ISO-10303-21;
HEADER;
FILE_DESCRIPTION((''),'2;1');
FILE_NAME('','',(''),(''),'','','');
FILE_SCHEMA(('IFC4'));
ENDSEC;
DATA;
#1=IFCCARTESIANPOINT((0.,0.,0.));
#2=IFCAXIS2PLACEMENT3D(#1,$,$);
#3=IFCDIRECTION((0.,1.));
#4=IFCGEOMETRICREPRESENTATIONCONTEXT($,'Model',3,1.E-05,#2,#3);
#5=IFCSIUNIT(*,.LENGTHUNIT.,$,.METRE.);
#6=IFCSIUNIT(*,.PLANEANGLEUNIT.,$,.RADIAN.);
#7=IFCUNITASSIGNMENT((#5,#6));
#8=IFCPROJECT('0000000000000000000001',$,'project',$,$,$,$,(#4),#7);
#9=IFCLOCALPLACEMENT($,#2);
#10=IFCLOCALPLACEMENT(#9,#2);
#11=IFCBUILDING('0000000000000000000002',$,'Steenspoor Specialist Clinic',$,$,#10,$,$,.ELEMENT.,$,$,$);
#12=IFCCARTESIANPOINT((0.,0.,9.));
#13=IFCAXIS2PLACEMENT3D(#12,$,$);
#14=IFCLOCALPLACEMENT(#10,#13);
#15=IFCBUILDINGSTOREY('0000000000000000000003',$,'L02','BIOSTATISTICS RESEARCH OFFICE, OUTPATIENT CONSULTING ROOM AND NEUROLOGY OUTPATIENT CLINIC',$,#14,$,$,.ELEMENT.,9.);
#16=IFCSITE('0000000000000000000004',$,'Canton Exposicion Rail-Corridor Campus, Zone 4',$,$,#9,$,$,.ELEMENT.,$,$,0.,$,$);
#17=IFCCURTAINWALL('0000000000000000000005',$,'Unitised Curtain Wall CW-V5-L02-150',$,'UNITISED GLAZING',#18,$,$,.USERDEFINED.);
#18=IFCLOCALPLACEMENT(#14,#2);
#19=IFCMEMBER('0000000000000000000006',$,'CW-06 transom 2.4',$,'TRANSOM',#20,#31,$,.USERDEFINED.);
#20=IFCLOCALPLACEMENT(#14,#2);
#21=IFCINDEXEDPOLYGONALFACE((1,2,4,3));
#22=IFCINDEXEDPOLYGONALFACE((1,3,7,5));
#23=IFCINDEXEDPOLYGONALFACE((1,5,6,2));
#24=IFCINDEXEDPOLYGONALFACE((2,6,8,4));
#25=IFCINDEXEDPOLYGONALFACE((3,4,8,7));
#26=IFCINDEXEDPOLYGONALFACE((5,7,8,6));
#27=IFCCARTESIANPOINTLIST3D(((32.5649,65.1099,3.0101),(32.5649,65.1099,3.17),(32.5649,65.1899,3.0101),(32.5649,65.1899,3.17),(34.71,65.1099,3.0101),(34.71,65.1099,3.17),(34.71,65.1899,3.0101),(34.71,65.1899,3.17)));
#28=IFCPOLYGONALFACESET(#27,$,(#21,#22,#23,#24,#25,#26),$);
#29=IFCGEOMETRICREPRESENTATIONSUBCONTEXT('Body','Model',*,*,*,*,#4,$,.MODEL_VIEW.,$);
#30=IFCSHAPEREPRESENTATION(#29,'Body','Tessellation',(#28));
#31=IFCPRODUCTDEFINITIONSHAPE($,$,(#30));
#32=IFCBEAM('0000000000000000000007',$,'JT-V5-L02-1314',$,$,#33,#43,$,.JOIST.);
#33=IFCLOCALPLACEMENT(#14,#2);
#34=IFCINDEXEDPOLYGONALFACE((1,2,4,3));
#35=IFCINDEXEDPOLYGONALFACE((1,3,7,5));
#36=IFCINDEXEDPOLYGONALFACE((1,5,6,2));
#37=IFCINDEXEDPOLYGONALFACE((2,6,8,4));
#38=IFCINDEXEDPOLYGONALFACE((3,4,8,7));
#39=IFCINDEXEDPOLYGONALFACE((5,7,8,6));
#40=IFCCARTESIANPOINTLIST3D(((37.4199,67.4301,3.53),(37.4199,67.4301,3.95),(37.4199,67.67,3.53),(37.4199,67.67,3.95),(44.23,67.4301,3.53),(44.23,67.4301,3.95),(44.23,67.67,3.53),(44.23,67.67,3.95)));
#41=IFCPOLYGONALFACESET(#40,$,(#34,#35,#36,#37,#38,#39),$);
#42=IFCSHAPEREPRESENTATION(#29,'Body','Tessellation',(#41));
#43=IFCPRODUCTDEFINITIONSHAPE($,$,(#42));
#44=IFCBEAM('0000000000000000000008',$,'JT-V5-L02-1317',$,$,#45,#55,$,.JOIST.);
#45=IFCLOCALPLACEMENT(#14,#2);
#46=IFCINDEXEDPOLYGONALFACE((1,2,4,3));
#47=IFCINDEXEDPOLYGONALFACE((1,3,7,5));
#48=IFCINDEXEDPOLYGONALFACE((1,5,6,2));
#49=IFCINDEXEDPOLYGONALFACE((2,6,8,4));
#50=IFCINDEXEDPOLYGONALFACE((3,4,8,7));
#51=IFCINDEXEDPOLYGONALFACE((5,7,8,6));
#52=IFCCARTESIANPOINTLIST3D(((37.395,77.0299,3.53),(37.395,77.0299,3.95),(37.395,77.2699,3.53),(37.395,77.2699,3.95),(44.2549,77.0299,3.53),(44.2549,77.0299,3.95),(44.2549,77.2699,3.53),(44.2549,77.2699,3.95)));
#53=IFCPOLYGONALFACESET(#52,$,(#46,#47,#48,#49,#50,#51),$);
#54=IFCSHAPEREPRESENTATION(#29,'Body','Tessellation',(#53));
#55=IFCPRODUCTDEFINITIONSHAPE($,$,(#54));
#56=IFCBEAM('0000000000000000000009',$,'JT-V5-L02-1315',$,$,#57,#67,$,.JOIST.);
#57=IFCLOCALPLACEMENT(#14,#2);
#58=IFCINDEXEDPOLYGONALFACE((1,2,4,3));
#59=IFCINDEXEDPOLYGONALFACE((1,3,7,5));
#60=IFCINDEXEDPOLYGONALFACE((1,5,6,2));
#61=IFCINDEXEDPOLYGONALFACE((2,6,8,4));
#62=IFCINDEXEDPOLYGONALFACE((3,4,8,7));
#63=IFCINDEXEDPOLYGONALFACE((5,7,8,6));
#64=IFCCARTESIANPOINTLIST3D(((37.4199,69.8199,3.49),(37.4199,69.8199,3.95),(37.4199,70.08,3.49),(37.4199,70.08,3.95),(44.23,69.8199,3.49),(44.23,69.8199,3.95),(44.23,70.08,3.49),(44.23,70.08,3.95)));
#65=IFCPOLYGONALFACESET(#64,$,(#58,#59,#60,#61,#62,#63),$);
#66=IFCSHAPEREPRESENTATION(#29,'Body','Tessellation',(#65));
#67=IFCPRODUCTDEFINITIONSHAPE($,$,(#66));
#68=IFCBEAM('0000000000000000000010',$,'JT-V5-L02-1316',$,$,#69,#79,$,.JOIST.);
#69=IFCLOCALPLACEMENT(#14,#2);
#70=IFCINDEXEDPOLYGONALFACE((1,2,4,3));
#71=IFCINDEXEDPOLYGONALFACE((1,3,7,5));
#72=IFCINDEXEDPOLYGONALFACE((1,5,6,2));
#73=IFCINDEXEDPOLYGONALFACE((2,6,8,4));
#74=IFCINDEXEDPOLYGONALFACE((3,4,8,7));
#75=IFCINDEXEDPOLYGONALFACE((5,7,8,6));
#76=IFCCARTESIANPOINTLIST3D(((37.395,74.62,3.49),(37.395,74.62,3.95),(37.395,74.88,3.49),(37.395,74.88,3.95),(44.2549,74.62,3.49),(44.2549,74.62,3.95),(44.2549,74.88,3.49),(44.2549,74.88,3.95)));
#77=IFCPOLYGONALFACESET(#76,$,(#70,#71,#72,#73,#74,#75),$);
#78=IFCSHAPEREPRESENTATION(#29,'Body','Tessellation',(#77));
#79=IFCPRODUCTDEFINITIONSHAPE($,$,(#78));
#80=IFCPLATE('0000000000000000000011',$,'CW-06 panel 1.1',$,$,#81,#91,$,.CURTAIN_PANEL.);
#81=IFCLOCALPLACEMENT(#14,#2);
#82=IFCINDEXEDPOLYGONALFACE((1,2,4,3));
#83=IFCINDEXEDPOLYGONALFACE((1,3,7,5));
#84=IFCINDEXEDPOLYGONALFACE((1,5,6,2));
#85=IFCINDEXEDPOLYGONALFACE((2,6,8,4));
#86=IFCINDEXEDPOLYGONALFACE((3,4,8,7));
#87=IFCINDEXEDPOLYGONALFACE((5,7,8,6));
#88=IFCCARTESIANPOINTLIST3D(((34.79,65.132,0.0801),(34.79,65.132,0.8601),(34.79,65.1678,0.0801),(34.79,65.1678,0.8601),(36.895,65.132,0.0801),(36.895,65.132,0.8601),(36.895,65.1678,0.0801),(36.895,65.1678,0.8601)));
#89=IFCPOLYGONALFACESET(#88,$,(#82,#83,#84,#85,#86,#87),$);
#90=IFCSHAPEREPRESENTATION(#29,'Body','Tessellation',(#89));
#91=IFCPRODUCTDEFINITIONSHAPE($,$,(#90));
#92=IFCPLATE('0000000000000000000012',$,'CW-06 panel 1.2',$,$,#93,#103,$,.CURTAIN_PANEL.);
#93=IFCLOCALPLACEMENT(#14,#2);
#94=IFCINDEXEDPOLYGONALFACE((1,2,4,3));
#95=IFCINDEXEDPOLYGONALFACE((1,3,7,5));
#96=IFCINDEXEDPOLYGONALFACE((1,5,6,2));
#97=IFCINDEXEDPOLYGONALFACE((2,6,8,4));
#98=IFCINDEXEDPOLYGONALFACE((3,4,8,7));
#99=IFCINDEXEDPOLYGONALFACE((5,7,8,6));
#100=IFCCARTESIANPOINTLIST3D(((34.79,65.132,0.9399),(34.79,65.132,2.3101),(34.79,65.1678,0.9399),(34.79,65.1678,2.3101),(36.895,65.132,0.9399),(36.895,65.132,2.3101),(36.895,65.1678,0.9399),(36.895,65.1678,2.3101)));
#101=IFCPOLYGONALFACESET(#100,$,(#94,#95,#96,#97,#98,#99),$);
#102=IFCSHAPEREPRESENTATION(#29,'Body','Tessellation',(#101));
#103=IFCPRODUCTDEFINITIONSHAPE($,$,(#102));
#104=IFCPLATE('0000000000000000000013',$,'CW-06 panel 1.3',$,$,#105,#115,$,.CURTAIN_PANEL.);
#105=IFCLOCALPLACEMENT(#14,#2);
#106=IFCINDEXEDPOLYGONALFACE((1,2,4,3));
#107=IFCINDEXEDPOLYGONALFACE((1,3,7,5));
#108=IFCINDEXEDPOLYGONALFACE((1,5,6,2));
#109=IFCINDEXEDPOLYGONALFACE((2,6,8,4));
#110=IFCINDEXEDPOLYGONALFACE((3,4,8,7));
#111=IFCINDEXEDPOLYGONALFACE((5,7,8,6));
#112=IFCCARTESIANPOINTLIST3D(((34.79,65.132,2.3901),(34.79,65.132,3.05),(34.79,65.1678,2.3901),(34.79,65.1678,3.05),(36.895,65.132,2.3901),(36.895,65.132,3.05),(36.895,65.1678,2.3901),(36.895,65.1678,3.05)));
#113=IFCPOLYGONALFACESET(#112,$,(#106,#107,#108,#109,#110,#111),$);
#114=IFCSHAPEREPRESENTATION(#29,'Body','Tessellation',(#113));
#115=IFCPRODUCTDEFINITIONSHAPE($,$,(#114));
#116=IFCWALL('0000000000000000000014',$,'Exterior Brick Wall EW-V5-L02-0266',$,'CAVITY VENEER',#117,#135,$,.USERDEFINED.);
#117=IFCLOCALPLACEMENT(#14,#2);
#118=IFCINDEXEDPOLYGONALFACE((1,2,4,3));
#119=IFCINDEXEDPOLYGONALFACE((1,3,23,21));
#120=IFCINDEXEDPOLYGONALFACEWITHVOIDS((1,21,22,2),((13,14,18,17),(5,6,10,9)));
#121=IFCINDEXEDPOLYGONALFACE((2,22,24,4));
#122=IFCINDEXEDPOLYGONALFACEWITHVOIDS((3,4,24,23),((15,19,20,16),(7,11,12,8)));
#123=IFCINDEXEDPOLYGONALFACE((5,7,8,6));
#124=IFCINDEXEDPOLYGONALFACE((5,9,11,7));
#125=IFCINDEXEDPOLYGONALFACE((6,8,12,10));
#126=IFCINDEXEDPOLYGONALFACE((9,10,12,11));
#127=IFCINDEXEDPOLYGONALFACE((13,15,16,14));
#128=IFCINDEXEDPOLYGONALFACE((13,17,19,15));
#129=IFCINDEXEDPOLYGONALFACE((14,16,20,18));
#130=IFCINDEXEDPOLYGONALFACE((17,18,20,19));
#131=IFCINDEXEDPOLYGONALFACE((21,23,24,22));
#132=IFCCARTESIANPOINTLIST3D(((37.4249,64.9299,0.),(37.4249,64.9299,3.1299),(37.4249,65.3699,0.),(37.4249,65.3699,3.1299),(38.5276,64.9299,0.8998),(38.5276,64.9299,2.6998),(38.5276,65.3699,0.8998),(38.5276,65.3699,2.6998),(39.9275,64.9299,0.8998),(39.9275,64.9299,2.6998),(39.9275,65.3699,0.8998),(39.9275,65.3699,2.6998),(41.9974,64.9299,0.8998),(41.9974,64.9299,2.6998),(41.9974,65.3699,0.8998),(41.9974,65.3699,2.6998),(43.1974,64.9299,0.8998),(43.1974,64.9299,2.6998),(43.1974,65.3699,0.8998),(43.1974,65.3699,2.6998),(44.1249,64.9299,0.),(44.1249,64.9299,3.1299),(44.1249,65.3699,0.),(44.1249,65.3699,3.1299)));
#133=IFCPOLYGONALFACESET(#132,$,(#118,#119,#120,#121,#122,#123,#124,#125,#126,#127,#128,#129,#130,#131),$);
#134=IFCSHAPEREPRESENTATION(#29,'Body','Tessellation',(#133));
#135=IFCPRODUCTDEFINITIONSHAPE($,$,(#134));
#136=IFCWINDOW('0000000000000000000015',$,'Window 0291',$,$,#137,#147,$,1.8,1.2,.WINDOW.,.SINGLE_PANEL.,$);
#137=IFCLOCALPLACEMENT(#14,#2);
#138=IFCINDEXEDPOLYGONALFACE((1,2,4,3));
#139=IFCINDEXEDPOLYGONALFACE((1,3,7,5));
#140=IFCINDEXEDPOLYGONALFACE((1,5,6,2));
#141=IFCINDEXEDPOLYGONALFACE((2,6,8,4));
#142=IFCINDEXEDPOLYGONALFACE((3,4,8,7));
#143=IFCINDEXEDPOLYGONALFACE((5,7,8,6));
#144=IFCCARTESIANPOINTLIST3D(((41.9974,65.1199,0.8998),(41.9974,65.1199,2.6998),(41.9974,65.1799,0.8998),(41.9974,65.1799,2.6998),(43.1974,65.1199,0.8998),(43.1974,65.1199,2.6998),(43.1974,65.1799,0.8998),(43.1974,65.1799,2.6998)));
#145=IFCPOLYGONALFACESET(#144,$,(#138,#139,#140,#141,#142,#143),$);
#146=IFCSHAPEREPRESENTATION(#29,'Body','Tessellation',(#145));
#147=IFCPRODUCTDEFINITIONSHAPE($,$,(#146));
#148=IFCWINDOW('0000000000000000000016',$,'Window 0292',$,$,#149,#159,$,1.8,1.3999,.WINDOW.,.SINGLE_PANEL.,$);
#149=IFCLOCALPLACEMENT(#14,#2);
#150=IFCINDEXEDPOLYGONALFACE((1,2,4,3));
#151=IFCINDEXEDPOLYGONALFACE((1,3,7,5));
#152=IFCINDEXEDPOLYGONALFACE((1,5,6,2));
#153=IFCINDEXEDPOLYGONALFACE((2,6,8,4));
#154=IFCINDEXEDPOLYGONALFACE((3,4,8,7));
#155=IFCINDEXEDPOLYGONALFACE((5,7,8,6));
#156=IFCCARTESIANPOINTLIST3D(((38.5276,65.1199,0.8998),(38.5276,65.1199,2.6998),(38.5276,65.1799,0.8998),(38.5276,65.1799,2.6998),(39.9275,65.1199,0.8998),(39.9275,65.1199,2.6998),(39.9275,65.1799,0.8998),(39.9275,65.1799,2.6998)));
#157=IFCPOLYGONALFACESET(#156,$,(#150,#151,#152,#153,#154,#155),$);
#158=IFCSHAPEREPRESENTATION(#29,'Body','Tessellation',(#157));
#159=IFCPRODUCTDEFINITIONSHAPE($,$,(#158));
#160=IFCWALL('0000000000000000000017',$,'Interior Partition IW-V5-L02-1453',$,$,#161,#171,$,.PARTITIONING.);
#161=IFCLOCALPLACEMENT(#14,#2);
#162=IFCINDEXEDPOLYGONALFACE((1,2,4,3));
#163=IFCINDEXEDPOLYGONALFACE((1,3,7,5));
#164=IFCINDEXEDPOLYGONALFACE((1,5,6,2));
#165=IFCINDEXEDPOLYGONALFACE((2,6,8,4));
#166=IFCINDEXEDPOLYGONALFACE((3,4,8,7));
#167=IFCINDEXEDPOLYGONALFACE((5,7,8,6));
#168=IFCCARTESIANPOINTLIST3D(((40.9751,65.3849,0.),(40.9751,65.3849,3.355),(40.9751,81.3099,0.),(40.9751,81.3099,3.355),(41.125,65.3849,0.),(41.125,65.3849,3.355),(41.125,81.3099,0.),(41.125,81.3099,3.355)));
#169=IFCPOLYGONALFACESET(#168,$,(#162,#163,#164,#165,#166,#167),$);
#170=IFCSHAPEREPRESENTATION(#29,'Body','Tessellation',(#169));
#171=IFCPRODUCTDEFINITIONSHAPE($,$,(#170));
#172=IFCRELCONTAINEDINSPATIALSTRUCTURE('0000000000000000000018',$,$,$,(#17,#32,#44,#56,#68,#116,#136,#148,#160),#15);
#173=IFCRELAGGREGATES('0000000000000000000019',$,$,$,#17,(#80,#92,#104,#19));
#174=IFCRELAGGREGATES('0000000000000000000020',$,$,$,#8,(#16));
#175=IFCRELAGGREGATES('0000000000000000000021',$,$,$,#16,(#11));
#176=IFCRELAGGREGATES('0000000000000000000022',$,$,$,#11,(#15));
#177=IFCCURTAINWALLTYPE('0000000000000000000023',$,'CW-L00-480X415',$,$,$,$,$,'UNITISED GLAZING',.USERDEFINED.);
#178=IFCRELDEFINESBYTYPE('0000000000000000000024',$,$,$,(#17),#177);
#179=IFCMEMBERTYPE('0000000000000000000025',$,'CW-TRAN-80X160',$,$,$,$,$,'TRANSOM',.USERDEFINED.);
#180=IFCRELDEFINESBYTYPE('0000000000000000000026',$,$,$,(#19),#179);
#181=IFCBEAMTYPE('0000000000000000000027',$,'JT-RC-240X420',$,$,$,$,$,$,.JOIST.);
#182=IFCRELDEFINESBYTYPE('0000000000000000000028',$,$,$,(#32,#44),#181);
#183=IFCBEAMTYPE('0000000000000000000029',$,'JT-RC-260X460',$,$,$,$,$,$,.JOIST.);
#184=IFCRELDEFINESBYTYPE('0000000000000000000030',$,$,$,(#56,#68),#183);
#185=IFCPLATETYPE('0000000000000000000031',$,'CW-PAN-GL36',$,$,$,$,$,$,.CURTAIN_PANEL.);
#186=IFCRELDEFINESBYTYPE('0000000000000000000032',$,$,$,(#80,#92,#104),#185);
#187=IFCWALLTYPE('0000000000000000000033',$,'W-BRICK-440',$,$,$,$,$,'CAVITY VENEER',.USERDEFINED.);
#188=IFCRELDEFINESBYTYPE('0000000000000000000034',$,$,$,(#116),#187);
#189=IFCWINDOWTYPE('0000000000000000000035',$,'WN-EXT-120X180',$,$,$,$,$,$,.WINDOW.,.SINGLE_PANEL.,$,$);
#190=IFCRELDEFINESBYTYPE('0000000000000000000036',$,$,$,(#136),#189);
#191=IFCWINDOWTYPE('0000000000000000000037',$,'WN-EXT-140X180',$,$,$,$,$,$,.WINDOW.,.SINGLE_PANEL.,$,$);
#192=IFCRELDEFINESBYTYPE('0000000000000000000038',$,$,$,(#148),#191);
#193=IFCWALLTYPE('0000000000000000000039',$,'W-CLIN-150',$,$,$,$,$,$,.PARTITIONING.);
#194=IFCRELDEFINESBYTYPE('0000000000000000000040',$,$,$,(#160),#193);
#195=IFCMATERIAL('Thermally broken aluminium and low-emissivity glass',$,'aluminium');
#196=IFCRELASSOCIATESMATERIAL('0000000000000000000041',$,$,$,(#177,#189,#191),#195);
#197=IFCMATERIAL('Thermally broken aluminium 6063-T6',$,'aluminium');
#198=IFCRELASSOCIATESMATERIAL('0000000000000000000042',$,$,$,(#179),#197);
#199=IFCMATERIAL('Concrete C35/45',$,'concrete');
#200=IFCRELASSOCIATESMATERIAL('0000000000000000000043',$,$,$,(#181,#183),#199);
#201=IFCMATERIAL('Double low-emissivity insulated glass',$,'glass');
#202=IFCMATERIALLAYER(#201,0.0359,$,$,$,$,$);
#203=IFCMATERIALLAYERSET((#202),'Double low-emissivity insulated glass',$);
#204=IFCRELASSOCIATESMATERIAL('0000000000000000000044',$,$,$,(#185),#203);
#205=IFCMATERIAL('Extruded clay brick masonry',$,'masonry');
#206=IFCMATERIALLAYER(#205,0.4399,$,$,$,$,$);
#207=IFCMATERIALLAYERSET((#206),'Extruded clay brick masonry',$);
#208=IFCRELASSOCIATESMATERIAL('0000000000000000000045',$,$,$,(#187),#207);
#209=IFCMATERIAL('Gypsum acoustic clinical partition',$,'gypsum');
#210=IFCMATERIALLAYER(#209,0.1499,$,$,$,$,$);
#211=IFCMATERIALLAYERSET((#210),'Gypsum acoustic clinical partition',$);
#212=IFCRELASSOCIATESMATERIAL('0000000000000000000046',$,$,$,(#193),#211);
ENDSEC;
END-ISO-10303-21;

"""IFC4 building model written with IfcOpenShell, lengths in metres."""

from ifc_helpers import new_model, si_unit, direction, frame, frame_2d, origin, origin_2d, place, context, subcontext, project, spatial, rectangle, extrude, material, layer, layer_set, material_profile, profile_set, type_object, element, fill, aggregate, save


model = new_model("IFC4")

# Units and contexts
model_context = context("Model", 3, precision=1e-05, world=origin(), true_north=direction((0.0, 1.0)))
body_context = subcontext(model_context, "Body", "Model", "MODEL_VIEW")
ifc_project = project(units=[si_unit("LENGTHUNIT", "METRE"), si_unit("PLANEANGLEUNIT", "RADIAN")], contexts=[model_context])

# Site, building, storey
site_placement = place(None, origin())
site = spatial("IfcSite", under=ifc_project, at=site_placement, Name="Canton Exposicion Rail-Corridor Campus, Zone 4", CompositionType="ELEMENT", RefElevation=0.0)
building_placement = place(site_placement, origin())
building = spatial("IfcBuilding", under=site, at=building_placement, Name="Steenspoor Specialist Clinic", CompositionType="ELEMENT")
storey_placement = place(building_placement, frame((0.0, 0.0, 9.0)))
storey = spatial("IfcBuildingStorey", under=building, at=storey_placement, Name="L02", Description="BIOSTATISTICS RESEARCH OFFICE, OUTPATIENT CONSULTING ROOM AND NEUROLOGY OUTPATIENT CLINIC", CompositionType="ELEMENT", Elevation=9.0)

# Shared definitions
ifc_material_1 = material(Name="Concrete C35/45", Category="concrete")

# Curtain wall, member
ifc_material_2 = material(Name="Thermally broken aluminium and low-emissivity glass", Category="aluminium")
curtain_wall_type = type_object("IfcCurtainWallType", Name="CW-L00-480X415", ElementType="UNITISED GLAZING", PredefinedType="USERDEFINED", material=ifc_material_2)
curtain_wall_placement = place(storey_placement, origin())
curtain_wall = element("IfcCurtainWall", 1, at=curtain_wall_placement, inside=storey, type_object=curtain_wall_type, Name="Unitised Curtain Wall CW-V5-L02-150", ObjectType="UNITISED GLAZING", PredefinedType="USERDEFINED")
ifc_material_3 = material(Name="Thermally broken aluminium 6063-T6", Category="aluminium")
ifc_material_profile_1 = material_profile(ifc_material_3, rectangle(XDim=0.0801, YDim=0.1599, at=origin_2d()), Name="CWT-80X160")
ifc_profile_set_1 = profile_set([ifc_material_profile_1], Name="Thermally broken aluminium 6063-T6")
member_type_1 = type_object("IfcMemberType", Name="CW-TRAN-80X160", ElementType="TRANSOM", PredefinedType="USERDEFINED", material=ifc_profile_set_1)
member_1_placement = place(storey_placement, frame((34.71, 65.1499, 3.0901), z_axis=(-1.0, 0.0, 0.0), x_axis=(0.0, -1.0, 0.0)))
member_1 = element("IfcMember", 2, at=member_1_placement, type_object=member_type_1, Name="CW-06 transom 2.4", ObjectType="TRANSOM", PredefinedType="USERDEFINED", context=body_context, shape_type="SweptSolid", body=[
    extrude(rectangle(XDim=0.0801, YDim=0.1599, at=origin_2d()), origin(), (0.0, 0.0, 1.0), 2.145),
])

# Beams
ifc_material_profile_2 = material_profile(ifc_material_1, rectangle(XDim=0.24, YDim=0.4199, at=origin_2d()), Name="RC-JT-240X420")
ifc_profile_set_2 = profile_set([ifc_material_profile_2], Name="Concrete C35/45")
beam_type_1 = type_object("IfcBeamType", Name="JT-RC-240X420", PredefinedType="JOIST", material=ifc_profile_set_2)
beam_1_placement = place(storey_placement, frame((37.4199, 67.55, 3.74), z_axis=(1.0, 0.0, 0.0), x_axis=(0.0, 1.0, 0.0)))
element("IfcBeam", 3, at=beam_1_placement, inside=storey, type_object=beam_type_1, Name="JT-V5-L02-1314", PredefinedType="JOIST", context=body_context, shape_type="SweptSolid", body=[
    extrude(rectangle(XDim=0.24, YDim=0.4199, at=origin_2d()), origin(), (0.0, 0.0, 1.0), 6.8101),
])
beam_2_placement = place(storey_placement, frame((37.395, 77.1499, 3.74), z_axis=(1.0, 0.0, 0.0), x_axis=(0.0, 1.0, 0.0)))
element("IfcBeam", 4, at=beam_2_placement, inside=storey, type_object=beam_type_1, Name="JT-V5-L02-1317", PredefinedType="JOIST", context=body_context, shape_type="SweptSolid", body=[
    extrude(rectangle(XDim=0.24, YDim=0.4199, at=origin_2d()), origin(), (0.0, 0.0, 1.0), 6.8599),
])
ifc_material_profile_3 = material_profile(ifc_material_1, rectangle(XDim=0.26, YDim=0.46, at=origin_2d()), Name="RC-JT-260X460")
ifc_profile_set_3 = profile_set([ifc_material_profile_3], Name="Concrete C35/45")
beam_type_2 = type_object("IfcBeamType", Name="JT-RC-260X460", PredefinedType="JOIST", material=ifc_profile_set_3)
beam_3_placement = place(storey_placement, frame((37.4199, 69.95, 3.72), z_axis=(1.0, 0.0, 0.0), x_axis=(0.0, 1.0, 0.0)))
element("IfcBeam", 5, at=beam_3_placement, inside=storey, type_object=beam_type_2, Name="JT-V5-L02-1315", PredefinedType="JOIST", context=body_context, shape_type="SweptSolid", body=[
    extrude(rectangle(XDim=0.26, YDim=0.46, at=origin_2d()), origin(), (0.0, 0.0, 1.0), 6.8101),
])
beam_4_placement = place(storey_placement, frame((37.395, 74.75, 3.72), z_axis=(1.0, 0.0, 0.0), x_axis=(0.0, 1.0, 0.0)))
element("IfcBeam", 6, at=beam_4_placement, inside=storey, type_object=beam_type_2, Name="JT-V5-L02-1316", PredefinedType="JOIST", context=body_context, shape_type="SweptSolid", body=[
    extrude(rectangle(XDim=0.26, YDim=0.46, at=origin_2d()), origin(), (0.0, 0.0, 1.0), 6.8599),
])

# Plates
ifc_material_4 = material(Name="Double low-emissivity insulated glass", Category="glass")
ifc_layer_1 = layer(ifc_material_4, 0.0359)
ifc_layer_set_1 = layer_set([ifc_layer_1], Name="Double low-emissivity insulated glass")
plate_type = type_object("IfcPlateType", Name="CW-PAN-GL36", PredefinedType="CURTAIN_PANEL", material=ifc_layer_set_1)
plate_1_placement = place(storey_placement, frame((35.8425, 65.1499, 0.0801), z_axis=(0.0, 0.0, 1.0), x_axis=(-1.0, 0.0, 0.0)))
plate_1 = element("IfcPlate", 7, at=plate_1_placement, type_object=plate_type, Name="CW-06 panel 1.1", PredefinedType="CURTAIN_PANEL", context=body_context, shape_type="SweptSolid", body=[
    extrude(rectangle(XDim=2.105, YDim=0.0359, at=origin_2d()), origin(), (0.0, 0.0, 1.0), 0.78),
])
plate_2_placement = place(storey_placement, frame((35.8425, 65.1499, 0.9399), z_axis=(0.0, 0.0, 1.0), x_axis=(-1.0, 0.0, 0.0)))
plate_2 = element("IfcPlate", 8, at=plate_2_placement, type_object=plate_type, Name="CW-06 panel 1.2", PredefinedType="CURTAIN_PANEL", context=body_context, shape_type="SweptSolid", body=[
    extrude(rectangle(XDim=2.105, YDim=0.0359, at=origin_2d()), origin(), (0.0, 0.0, 1.0), 1.3701),
])
plate_3_placement = place(storey_placement, frame((35.8425, 65.1499, 2.3901), z_axis=(0.0, 0.0, 1.0), x_axis=(-1.0, 0.0, 0.0)))
plate_3 = element("IfcPlate", 9, at=plate_3_placement, type_object=plate_type, Name="CW-06 panel 1.3", PredefinedType="CURTAIN_PANEL", context=body_context, shape_type="SweptSolid", body=[
    extrude(rectangle(XDim=2.105, YDim=0.0359, at=origin_2d()), origin(), (0.0, 0.0, 1.0), 0.6599),
])
aggregate(curtain_wall, [plate_1, plate_2, plate_3, member_1])

# Wall, openings, windows
ifc_material_5 = material(Name="Extruded clay brick masonry", Category="masonry")
ifc_layer_2 = layer(ifc_material_5, 0.4399)
ifc_layer_set_2 = layer_set([ifc_layer_2], Name="Extruded clay brick masonry")
wall_type_1 = type_object("IfcWallType", Name="W-BRICK-440", ElementType="CAVITY VENEER", PredefinedType="USERDEFINED", material=ifc_layer_set_2)
wall_1_placement = place(storey_placement, frame((44.125, 65.1499, 0.0), z_axis=(0.0, 0.0, 1.0), x_axis=(-1.0, 0.0, 0.0)))
wall_1 = element("IfcWall", 10, at=wall_1_placement, inside=storey, type_object=wall_type_1, Name="Exterior Brick Wall EW-V5-L02-0266", ObjectType="CAVITY VENEER", PredefinedType="USERDEFINED", context=body_context, shape_type="SweptSolid", body=[
    extrude(rectangle(XDim=6.7, YDim=0.4399, at=frame_2d((3.3501, 0.0))), origin(), (0.0, 0.0, 1.0), 3.1299),
])
opening_1_placement = place(wall_1_placement, frame((0.9275, 0.0, 0.8999)))
opening_1 = element("IfcOpeningElement", 11, at=opening_1_placement, cuts=wall_1, PredefinedType="OPENING", context=body_context, shape_type="SweptSolid", body=[
    extrude(rectangle(XDim=1.2, YDim=1.8, at=frame_2d((0.6001, 0.8999))), frame((0.0, 0.23, 0.0), z_axis=(0.0, -1.0, 0.0), x_axis=(1.0, 0.0, 0.0)), (0.0, 0.0, 1.0), 0.46),
])
opening_2_placement = place(wall_1_placement, frame((4.1975, 0.0, 0.8999)))
opening_2 = element("IfcOpeningElement", 12, at=opening_2_placement, cuts=wall_1, PredefinedType="OPENING", context=body_context, shape_type="SweptSolid", body=[
    extrude(rectangle(XDim=1.3999, YDim=1.8, at=frame_2d((0.7, 0.8999))), frame((0.0, 0.23, 0.0), z_axis=(0.0, -1.0, 0.0), x_axis=(1.0, 0.0, 0.0)), (0.0, 0.0, 1.0), 0.46),
])
window_type_1 = type_object("IfcWindowType", Name="WN-EXT-120X180", PartitioningType="SINGLE_PANEL", PredefinedType="WINDOW", material=ifc_material_2)
window_1_placement = place(opening_1_placement, origin())
window_1 = element("IfcWindow", 13, at=window_1_placement, inside=storey, type_object=window_type_1, Name="Window 0291", OverallHeight=1.8, OverallWidth=1.2, PartitioningType="SINGLE_PANEL", PredefinedType="WINDOW", context=body_context, shape_type="SweptSolid", body=[
    extrude(rectangle(XDim=1.2, YDim=1.8, at=frame_2d((0.6001, 0.8999))), frame((0.0, 0.03, 0.0), z_axis=(0.0, -1.0, 0.0), x_axis=(1.0, 0.0, 0.0)), (0.0, 0.0, 1.0), 0.0601),
])
fill(opening_1, window_1)
window_type_2 = type_object("IfcWindowType", Name="WN-EXT-140X180", PartitioningType="SINGLE_PANEL", PredefinedType="WINDOW", material=ifc_material_2)
window_2_placement = place(opening_2_placement, origin())
window_2 = element("IfcWindow", 14, at=window_2_placement, inside=storey, type_object=window_type_2, Name="Window 0292", OverallHeight=1.8, OverallWidth=1.3999, PartitioningType="SINGLE_PANEL", PredefinedType="WINDOW", context=body_context, shape_type="SweptSolid", body=[
    extrude(rectangle(XDim=1.3999, YDim=1.8, at=frame_2d((0.7, 0.8999))), frame((0.0, 0.03, 0.0), z_axis=(0.0, -1.0, 0.0), x_axis=(1.0, 0.0, 0.0)), (0.0, 0.0, 1.0), 0.0601),
])
fill(opening_2, window_2)

# Wall
ifc_material_6 = material(Name="Gypsum acoustic clinical partition", Category="gypsum")
ifc_layer_3 = layer(ifc_material_6, 0.1499)
ifc_layer_set_3 = layer_set([ifc_layer_3], Name="Gypsum acoustic clinical partition")
wall_type_2 = type_object("IfcWallType", Name="W-CLIN-150", PredefinedType="PARTITIONING", material=ifc_layer_set_3)
wall_2_placement = place(storey_placement, frame((41.05, 65.385, 0.0), z_axis=(0.0, 0.0, 1.0), x_axis=(0.0, 1.0, 0.0)))
element("IfcWall", 15, at=wall_2_placement, inside=storey, type_object=wall_type_2, Name="Interior Partition IW-V5-L02-1453", PredefinedType="PARTITIONING", context=body_context, shape_type="SweptSolid", body=[
    extrude(rectangle(XDim=15.925, YDim=0.1499, at=frame_2d((7.9624, 0.0))), origin(), (0.0, 0.0, 1.0), 3.355),
])

save(model, "model.ifc")
